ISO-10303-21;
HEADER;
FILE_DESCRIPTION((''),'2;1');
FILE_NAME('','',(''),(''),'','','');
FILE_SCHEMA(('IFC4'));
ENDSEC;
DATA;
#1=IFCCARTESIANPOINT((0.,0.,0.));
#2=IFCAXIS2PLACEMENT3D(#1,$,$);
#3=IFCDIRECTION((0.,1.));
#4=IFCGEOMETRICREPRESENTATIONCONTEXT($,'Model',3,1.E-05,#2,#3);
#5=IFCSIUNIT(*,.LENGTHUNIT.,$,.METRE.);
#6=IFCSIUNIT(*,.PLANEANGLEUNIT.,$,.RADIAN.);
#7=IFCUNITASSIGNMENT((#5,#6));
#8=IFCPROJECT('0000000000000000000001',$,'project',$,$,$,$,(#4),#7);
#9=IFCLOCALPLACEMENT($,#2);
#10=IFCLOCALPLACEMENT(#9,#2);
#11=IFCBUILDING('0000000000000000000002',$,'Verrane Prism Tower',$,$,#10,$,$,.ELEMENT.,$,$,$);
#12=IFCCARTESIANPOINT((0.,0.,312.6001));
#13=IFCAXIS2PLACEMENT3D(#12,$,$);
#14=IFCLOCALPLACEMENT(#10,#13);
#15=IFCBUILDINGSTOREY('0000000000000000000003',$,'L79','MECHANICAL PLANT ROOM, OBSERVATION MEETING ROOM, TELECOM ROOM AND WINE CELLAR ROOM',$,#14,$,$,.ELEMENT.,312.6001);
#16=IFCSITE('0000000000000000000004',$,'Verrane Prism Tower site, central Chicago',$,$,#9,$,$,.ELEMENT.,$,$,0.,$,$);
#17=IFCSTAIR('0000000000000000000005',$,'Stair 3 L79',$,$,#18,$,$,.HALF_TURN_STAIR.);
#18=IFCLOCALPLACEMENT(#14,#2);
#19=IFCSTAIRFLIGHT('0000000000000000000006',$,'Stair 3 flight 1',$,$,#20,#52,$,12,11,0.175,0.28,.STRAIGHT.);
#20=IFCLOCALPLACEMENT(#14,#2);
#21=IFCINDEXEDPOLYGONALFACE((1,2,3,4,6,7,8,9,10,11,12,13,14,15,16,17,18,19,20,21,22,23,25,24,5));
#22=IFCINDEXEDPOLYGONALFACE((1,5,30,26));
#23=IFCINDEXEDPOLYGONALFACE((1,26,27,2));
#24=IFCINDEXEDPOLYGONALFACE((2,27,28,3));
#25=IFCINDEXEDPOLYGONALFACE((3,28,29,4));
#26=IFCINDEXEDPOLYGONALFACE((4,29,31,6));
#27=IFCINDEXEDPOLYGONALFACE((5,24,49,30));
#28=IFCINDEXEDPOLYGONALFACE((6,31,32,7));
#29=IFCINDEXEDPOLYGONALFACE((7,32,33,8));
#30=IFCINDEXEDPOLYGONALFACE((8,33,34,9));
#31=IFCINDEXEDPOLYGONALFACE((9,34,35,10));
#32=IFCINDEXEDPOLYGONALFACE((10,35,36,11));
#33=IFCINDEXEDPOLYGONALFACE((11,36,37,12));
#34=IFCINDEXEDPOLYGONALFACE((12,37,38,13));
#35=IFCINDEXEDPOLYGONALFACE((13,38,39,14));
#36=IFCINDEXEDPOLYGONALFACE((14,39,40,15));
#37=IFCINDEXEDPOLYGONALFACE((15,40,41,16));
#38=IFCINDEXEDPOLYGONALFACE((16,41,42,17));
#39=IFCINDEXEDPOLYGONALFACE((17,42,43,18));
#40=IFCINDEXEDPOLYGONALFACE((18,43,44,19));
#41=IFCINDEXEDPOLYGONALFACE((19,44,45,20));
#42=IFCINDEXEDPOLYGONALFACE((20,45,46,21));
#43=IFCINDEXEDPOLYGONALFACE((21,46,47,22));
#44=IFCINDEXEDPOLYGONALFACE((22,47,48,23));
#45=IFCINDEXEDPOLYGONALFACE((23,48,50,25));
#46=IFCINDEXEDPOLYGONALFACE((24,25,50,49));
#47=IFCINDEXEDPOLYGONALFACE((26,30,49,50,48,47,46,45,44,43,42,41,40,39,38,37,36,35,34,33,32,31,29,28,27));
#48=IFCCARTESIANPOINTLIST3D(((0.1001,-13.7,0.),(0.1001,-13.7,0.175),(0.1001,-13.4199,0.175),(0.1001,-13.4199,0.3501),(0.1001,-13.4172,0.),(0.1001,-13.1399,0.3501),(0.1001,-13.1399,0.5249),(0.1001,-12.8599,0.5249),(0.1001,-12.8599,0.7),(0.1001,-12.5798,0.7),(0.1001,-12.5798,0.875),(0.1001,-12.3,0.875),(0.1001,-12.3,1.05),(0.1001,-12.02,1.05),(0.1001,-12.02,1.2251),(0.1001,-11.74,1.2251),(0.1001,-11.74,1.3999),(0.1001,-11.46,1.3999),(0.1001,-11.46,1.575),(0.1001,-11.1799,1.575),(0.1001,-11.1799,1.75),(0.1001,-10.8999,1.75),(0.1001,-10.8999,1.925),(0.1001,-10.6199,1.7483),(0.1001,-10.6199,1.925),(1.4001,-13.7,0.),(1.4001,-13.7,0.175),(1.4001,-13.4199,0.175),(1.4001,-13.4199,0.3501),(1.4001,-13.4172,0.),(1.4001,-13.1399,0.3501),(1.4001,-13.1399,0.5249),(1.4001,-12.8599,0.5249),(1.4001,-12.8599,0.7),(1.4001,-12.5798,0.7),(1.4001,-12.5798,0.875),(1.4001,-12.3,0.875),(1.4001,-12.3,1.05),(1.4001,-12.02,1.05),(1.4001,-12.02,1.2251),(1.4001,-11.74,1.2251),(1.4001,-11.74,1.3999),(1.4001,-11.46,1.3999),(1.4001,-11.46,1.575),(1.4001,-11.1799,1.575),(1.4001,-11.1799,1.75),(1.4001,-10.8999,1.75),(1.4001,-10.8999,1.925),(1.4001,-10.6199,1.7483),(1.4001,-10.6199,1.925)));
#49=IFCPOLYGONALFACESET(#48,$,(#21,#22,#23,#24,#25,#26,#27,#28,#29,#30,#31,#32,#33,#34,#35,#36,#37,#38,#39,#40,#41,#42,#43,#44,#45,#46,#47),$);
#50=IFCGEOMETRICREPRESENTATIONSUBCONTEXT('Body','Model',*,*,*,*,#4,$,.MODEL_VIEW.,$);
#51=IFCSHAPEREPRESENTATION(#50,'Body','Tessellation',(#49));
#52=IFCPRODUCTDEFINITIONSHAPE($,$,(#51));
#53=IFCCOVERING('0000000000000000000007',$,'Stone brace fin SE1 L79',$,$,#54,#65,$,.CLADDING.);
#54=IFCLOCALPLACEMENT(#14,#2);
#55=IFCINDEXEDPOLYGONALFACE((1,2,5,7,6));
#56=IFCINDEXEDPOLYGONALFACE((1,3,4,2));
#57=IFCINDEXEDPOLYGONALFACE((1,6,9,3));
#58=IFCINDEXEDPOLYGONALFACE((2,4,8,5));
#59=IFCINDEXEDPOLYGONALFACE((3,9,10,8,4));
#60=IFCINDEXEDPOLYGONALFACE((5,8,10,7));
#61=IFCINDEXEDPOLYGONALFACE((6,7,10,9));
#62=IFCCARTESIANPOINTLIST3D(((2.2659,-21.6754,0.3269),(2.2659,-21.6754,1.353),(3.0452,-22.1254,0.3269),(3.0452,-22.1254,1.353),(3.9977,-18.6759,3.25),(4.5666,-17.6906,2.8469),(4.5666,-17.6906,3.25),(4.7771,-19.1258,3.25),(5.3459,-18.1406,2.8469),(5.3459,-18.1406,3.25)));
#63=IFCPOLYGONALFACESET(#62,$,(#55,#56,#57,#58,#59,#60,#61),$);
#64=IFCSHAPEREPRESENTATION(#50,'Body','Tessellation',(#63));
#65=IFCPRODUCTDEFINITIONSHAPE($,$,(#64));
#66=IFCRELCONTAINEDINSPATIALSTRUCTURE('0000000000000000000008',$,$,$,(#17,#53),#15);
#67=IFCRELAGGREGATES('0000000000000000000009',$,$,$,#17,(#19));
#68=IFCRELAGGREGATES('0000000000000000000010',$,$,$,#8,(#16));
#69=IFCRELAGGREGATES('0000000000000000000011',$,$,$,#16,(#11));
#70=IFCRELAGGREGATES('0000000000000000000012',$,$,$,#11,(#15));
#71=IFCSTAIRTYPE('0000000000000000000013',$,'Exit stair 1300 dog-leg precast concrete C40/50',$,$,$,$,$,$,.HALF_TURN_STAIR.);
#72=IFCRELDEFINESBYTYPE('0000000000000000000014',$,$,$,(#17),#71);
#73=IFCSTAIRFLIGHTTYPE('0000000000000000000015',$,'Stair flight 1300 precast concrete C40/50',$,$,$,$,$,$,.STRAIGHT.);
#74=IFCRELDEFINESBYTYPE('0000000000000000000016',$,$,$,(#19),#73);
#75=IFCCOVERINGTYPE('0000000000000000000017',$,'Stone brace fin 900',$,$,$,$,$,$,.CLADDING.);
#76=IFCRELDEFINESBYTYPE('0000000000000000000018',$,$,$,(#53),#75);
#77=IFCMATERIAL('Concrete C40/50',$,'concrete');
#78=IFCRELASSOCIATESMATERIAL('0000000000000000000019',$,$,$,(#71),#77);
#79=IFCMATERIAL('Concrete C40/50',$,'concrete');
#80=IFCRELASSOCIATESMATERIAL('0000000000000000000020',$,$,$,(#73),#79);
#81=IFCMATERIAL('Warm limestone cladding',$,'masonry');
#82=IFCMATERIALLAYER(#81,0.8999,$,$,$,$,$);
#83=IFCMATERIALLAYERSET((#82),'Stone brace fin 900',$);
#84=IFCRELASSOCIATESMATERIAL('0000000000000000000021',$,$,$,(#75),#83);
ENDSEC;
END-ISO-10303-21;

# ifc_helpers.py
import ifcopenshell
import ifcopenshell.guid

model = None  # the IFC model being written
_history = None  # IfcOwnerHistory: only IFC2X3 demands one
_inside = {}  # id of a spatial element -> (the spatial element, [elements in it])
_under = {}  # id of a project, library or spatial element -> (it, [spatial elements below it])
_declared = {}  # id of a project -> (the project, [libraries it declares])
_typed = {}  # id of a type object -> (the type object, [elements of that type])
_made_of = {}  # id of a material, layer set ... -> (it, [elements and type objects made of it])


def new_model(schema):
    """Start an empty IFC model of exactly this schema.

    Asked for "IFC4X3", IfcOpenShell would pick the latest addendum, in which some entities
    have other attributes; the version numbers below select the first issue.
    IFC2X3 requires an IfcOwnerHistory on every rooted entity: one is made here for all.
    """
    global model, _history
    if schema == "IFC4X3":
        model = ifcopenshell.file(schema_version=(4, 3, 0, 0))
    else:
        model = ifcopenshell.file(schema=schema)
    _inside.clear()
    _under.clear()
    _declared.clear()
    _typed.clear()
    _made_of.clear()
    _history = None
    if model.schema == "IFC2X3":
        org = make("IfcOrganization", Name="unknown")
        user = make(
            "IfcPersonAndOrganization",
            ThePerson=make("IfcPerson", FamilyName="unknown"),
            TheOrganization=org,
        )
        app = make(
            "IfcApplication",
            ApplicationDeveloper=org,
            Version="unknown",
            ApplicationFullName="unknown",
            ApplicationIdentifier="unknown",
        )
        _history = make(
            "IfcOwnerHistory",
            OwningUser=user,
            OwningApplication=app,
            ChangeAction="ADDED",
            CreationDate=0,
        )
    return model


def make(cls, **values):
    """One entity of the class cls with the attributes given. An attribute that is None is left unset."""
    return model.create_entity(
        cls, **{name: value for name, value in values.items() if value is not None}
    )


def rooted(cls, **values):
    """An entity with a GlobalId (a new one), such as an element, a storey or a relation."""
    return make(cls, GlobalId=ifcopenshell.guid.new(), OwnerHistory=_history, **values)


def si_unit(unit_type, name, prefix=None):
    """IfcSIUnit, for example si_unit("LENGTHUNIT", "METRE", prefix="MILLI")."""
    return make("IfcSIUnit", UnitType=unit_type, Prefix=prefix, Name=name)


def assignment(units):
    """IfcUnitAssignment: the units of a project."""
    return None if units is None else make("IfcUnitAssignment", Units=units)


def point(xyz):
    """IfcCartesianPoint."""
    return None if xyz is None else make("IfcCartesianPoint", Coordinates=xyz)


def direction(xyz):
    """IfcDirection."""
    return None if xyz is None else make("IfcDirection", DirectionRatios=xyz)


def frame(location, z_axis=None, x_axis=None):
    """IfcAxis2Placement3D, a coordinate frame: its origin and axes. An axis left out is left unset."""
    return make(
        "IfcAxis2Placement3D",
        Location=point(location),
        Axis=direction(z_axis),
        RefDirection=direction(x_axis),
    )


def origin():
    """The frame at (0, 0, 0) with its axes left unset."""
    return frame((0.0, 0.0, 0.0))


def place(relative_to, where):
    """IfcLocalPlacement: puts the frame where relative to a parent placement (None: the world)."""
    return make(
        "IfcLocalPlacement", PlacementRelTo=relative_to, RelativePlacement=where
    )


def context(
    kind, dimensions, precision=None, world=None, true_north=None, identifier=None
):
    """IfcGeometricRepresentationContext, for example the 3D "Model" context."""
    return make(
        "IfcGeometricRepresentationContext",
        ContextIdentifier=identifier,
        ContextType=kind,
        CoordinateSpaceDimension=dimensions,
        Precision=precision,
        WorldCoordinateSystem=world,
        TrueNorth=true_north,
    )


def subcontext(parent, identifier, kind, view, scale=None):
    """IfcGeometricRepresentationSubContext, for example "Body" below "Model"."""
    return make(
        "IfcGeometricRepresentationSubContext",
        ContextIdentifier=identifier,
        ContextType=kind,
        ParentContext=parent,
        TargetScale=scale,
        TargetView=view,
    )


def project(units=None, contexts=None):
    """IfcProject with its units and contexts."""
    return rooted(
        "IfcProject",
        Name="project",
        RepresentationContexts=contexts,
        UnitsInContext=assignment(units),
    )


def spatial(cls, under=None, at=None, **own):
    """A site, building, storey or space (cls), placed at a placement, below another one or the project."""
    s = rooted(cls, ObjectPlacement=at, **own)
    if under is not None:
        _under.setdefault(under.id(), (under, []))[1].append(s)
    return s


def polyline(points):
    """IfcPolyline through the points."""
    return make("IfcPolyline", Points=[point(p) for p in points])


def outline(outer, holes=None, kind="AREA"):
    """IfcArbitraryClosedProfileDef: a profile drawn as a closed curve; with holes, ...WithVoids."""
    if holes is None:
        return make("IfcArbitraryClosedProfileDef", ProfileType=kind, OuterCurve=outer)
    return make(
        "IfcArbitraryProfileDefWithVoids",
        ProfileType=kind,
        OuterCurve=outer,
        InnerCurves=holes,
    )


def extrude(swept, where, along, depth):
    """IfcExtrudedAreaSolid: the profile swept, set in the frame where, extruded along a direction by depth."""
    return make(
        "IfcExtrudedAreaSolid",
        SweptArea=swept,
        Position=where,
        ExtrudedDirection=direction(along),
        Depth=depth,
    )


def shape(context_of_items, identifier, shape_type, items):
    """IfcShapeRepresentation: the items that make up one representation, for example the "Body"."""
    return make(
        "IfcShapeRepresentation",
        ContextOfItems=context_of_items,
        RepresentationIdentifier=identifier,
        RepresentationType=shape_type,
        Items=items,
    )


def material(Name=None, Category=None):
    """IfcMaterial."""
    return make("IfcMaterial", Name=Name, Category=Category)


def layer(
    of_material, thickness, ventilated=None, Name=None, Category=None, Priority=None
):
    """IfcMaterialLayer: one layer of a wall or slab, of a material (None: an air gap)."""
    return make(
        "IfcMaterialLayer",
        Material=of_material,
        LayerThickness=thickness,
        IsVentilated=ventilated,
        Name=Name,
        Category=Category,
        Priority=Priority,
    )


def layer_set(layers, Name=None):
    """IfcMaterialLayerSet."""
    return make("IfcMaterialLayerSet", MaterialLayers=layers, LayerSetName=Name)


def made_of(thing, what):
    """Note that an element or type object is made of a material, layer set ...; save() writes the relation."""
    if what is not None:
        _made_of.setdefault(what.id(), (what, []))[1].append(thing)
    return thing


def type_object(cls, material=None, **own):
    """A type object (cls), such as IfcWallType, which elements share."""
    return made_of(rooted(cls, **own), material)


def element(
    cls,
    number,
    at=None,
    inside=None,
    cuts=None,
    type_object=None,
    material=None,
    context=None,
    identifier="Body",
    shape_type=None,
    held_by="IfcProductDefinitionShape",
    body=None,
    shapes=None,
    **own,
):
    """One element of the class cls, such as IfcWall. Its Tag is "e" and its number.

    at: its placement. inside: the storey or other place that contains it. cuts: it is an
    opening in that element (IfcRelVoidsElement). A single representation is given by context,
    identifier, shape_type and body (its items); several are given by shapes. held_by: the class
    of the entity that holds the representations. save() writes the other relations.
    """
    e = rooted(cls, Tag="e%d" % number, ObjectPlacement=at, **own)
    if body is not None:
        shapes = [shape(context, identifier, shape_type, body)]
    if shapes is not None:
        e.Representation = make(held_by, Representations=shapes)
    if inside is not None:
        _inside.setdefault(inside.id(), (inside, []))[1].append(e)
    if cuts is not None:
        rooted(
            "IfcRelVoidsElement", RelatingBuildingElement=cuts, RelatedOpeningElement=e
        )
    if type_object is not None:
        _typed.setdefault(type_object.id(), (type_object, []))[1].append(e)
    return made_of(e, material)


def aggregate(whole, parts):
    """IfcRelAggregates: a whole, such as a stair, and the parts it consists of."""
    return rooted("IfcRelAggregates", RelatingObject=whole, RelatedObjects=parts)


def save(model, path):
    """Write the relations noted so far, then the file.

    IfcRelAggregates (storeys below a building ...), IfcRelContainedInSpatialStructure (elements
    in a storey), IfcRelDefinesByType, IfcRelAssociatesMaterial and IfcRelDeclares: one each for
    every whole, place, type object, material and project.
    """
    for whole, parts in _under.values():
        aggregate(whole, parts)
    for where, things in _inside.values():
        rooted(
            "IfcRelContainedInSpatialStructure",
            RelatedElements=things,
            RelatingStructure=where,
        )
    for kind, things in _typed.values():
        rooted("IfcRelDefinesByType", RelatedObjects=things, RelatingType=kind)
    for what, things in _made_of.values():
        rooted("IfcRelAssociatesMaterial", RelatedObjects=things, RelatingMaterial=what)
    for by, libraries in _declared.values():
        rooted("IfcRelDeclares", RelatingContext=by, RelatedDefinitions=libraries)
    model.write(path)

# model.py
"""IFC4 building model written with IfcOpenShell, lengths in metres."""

from ifc_helpers import new_model, si_unit, direction, frame, origin, place, context, subcontext, project, spatial, polyline, outline, extrude, material, layer, layer_set, type_object, element, aggregate, save


model = new_model("IFC4")

# Units and contexts
model_context = context("Model", 3, precision=1e-05, world=origin(), true_north=direction((0.0, 1.0)))
body_context = subcontext(model_context, "Body", "Model", "MODEL_VIEW")
ifc_project = project(units=[si_unit("LENGTHUNIT", "METRE"), si_unit("PLANEANGLEUNIT", "RADIAN")], contexts=[model_context])

# Site, building, storey
site_placement = place(None, origin())
site = spatial("IfcSite", under=ifc_project, at=site_placement, Name="Verrane Prism Tower site, central Chicago", CompositionType="ELEMENT", RefElevation=0.0)
building_placement = place(site_placement, origin())
building = spatial("IfcBuilding", under=site, at=building_placement, Name="Verrane Prism Tower", CompositionType="ELEMENT")
storey_placement = place(building_placement, frame((0.0, 0.0, 312.6001)))
storey = spatial("IfcBuildingStorey", under=building, at=storey_placement, Name="L79", Description="MECHANICAL PLANT ROOM, OBSERVATION MEETING ROOM, TELECOM ROOM AND WINE CELLAR ROOM", CompositionType="ELEMENT", Elevation=312.6001)

# Stair, stair flight
ifc_material_1 = material(Name="Concrete C40/50", Category="concrete")
stair_type = type_object("IfcStairType", Name="Exit stair 1300 dog-leg precast concrete C40/50", PredefinedType="HALF_TURN_STAIR", material=ifc_material_1)
stair_placement = place(storey_placement, origin())
stair = element("IfcStair", 1, at=stair_placement, inside=storey, type_object=stair_type, Name="Stair 3 L79", PredefinedType="HALF_TURN_STAIR")
ifc_material_2 = material(Name="Concrete C40/50", Category="concrete")
stair_flight_type = type_object("IfcStairFlightType", Name="Stair flight 1300 precast concrete C40/50", PredefinedType="STRAIGHT", material=ifc_material_2)
stair_flight_placement = place(storey_placement, frame((0.75, -13.7, 0.0), z_axis=(0.0, 0.0, 1.0), x_axis=(0.0, 1.0, 0.0)))
stair_flight = element("IfcStairFlight", 2, at=stair_flight_placement, type_object=stair_flight_type, Name="Stair 3 flight 1", NumberOfRisers=12, NumberOfTreads=11, PredefinedType="STRAIGHT", RiserHeight=0.175, TreadLength=0.28, context=body_context, shape_type="SweptSolid", body=[
    extrude(outline(polyline([(0.0, 0.0), (0.0, 0.175), (0.28, 0.175), (0.28, 0.3501), (0.5601, 0.3501), (0.5601, 0.5249), (0.8401, 0.5249), (0.8401, 0.7), (1.1201, 0.7), (1.1201, 0.875), (1.3999, 0.875), (1.3999, 1.05), (1.6799, 1.05), (1.6799, 1.2251), (1.96, 1.2251), (1.96, 1.3999), (2.24, 1.3999), (2.24, 1.575), (2.52, 1.575), (2.52, 1.75), (2.8, 1.75), (2.8, 1.925), (3.0801, 1.925), (3.0801, 2.1001), (3.0801, 1.7483), (0.2827, 0.0), (0.0, 0.0)])), frame((0.0, 0.6499, 0.0), z_axis=(0.0, -1.0, 0.0), x_axis=(1.0, 0.0, 0.0)), (0.0, 0.0, 1.0), 1.3),
])
aggregate(stair, [stair_flight])

# Covering
ifc_material_3 = material(Name="Warm limestone cladding", Category="masonry")
ifc_layer_1 = layer(ifc_material_3, 0.8999)
ifc_layer_set_1 = layer_set([ifc_layer_1], Name="Stone brace fin 900")
covering_type = type_object("IfcCoveringType", Name="Stone brace fin 900", PredefinedType="CLADDING", material=ifc_layer_set_1)
covering_placement = place(storey_placement, frame((2.6555, -21.9004, 0.3269), z_axis=(0.0, 0.0, 1.0), x_axis=(0.500019, 0.866014, 0.0)))
element("IfcCovering", 3, at=covering_placement, inside=storey, type_object=covering_type, Name="Stone brace fin SE1 L79", PredefinedType="CLADDING", context=body_context, shape_type="SweptSolid", body=[
    extrude(outline(polyline([(4.6013, 2.9231), (3.4636, 2.9231), (0.0, 1.0261), (0.0, 0.0), (4.6013, 2.52), (4.6013, 2.9231)])), frame((0.0, 0.45, 0.0), z_axis=(0.0, -1.0, 0.0), x_axis=(1.0, 0.0, 0.0)), (0.0, 0.0, 1.0), 0.8999),
])

save(model, "model.ifc")
